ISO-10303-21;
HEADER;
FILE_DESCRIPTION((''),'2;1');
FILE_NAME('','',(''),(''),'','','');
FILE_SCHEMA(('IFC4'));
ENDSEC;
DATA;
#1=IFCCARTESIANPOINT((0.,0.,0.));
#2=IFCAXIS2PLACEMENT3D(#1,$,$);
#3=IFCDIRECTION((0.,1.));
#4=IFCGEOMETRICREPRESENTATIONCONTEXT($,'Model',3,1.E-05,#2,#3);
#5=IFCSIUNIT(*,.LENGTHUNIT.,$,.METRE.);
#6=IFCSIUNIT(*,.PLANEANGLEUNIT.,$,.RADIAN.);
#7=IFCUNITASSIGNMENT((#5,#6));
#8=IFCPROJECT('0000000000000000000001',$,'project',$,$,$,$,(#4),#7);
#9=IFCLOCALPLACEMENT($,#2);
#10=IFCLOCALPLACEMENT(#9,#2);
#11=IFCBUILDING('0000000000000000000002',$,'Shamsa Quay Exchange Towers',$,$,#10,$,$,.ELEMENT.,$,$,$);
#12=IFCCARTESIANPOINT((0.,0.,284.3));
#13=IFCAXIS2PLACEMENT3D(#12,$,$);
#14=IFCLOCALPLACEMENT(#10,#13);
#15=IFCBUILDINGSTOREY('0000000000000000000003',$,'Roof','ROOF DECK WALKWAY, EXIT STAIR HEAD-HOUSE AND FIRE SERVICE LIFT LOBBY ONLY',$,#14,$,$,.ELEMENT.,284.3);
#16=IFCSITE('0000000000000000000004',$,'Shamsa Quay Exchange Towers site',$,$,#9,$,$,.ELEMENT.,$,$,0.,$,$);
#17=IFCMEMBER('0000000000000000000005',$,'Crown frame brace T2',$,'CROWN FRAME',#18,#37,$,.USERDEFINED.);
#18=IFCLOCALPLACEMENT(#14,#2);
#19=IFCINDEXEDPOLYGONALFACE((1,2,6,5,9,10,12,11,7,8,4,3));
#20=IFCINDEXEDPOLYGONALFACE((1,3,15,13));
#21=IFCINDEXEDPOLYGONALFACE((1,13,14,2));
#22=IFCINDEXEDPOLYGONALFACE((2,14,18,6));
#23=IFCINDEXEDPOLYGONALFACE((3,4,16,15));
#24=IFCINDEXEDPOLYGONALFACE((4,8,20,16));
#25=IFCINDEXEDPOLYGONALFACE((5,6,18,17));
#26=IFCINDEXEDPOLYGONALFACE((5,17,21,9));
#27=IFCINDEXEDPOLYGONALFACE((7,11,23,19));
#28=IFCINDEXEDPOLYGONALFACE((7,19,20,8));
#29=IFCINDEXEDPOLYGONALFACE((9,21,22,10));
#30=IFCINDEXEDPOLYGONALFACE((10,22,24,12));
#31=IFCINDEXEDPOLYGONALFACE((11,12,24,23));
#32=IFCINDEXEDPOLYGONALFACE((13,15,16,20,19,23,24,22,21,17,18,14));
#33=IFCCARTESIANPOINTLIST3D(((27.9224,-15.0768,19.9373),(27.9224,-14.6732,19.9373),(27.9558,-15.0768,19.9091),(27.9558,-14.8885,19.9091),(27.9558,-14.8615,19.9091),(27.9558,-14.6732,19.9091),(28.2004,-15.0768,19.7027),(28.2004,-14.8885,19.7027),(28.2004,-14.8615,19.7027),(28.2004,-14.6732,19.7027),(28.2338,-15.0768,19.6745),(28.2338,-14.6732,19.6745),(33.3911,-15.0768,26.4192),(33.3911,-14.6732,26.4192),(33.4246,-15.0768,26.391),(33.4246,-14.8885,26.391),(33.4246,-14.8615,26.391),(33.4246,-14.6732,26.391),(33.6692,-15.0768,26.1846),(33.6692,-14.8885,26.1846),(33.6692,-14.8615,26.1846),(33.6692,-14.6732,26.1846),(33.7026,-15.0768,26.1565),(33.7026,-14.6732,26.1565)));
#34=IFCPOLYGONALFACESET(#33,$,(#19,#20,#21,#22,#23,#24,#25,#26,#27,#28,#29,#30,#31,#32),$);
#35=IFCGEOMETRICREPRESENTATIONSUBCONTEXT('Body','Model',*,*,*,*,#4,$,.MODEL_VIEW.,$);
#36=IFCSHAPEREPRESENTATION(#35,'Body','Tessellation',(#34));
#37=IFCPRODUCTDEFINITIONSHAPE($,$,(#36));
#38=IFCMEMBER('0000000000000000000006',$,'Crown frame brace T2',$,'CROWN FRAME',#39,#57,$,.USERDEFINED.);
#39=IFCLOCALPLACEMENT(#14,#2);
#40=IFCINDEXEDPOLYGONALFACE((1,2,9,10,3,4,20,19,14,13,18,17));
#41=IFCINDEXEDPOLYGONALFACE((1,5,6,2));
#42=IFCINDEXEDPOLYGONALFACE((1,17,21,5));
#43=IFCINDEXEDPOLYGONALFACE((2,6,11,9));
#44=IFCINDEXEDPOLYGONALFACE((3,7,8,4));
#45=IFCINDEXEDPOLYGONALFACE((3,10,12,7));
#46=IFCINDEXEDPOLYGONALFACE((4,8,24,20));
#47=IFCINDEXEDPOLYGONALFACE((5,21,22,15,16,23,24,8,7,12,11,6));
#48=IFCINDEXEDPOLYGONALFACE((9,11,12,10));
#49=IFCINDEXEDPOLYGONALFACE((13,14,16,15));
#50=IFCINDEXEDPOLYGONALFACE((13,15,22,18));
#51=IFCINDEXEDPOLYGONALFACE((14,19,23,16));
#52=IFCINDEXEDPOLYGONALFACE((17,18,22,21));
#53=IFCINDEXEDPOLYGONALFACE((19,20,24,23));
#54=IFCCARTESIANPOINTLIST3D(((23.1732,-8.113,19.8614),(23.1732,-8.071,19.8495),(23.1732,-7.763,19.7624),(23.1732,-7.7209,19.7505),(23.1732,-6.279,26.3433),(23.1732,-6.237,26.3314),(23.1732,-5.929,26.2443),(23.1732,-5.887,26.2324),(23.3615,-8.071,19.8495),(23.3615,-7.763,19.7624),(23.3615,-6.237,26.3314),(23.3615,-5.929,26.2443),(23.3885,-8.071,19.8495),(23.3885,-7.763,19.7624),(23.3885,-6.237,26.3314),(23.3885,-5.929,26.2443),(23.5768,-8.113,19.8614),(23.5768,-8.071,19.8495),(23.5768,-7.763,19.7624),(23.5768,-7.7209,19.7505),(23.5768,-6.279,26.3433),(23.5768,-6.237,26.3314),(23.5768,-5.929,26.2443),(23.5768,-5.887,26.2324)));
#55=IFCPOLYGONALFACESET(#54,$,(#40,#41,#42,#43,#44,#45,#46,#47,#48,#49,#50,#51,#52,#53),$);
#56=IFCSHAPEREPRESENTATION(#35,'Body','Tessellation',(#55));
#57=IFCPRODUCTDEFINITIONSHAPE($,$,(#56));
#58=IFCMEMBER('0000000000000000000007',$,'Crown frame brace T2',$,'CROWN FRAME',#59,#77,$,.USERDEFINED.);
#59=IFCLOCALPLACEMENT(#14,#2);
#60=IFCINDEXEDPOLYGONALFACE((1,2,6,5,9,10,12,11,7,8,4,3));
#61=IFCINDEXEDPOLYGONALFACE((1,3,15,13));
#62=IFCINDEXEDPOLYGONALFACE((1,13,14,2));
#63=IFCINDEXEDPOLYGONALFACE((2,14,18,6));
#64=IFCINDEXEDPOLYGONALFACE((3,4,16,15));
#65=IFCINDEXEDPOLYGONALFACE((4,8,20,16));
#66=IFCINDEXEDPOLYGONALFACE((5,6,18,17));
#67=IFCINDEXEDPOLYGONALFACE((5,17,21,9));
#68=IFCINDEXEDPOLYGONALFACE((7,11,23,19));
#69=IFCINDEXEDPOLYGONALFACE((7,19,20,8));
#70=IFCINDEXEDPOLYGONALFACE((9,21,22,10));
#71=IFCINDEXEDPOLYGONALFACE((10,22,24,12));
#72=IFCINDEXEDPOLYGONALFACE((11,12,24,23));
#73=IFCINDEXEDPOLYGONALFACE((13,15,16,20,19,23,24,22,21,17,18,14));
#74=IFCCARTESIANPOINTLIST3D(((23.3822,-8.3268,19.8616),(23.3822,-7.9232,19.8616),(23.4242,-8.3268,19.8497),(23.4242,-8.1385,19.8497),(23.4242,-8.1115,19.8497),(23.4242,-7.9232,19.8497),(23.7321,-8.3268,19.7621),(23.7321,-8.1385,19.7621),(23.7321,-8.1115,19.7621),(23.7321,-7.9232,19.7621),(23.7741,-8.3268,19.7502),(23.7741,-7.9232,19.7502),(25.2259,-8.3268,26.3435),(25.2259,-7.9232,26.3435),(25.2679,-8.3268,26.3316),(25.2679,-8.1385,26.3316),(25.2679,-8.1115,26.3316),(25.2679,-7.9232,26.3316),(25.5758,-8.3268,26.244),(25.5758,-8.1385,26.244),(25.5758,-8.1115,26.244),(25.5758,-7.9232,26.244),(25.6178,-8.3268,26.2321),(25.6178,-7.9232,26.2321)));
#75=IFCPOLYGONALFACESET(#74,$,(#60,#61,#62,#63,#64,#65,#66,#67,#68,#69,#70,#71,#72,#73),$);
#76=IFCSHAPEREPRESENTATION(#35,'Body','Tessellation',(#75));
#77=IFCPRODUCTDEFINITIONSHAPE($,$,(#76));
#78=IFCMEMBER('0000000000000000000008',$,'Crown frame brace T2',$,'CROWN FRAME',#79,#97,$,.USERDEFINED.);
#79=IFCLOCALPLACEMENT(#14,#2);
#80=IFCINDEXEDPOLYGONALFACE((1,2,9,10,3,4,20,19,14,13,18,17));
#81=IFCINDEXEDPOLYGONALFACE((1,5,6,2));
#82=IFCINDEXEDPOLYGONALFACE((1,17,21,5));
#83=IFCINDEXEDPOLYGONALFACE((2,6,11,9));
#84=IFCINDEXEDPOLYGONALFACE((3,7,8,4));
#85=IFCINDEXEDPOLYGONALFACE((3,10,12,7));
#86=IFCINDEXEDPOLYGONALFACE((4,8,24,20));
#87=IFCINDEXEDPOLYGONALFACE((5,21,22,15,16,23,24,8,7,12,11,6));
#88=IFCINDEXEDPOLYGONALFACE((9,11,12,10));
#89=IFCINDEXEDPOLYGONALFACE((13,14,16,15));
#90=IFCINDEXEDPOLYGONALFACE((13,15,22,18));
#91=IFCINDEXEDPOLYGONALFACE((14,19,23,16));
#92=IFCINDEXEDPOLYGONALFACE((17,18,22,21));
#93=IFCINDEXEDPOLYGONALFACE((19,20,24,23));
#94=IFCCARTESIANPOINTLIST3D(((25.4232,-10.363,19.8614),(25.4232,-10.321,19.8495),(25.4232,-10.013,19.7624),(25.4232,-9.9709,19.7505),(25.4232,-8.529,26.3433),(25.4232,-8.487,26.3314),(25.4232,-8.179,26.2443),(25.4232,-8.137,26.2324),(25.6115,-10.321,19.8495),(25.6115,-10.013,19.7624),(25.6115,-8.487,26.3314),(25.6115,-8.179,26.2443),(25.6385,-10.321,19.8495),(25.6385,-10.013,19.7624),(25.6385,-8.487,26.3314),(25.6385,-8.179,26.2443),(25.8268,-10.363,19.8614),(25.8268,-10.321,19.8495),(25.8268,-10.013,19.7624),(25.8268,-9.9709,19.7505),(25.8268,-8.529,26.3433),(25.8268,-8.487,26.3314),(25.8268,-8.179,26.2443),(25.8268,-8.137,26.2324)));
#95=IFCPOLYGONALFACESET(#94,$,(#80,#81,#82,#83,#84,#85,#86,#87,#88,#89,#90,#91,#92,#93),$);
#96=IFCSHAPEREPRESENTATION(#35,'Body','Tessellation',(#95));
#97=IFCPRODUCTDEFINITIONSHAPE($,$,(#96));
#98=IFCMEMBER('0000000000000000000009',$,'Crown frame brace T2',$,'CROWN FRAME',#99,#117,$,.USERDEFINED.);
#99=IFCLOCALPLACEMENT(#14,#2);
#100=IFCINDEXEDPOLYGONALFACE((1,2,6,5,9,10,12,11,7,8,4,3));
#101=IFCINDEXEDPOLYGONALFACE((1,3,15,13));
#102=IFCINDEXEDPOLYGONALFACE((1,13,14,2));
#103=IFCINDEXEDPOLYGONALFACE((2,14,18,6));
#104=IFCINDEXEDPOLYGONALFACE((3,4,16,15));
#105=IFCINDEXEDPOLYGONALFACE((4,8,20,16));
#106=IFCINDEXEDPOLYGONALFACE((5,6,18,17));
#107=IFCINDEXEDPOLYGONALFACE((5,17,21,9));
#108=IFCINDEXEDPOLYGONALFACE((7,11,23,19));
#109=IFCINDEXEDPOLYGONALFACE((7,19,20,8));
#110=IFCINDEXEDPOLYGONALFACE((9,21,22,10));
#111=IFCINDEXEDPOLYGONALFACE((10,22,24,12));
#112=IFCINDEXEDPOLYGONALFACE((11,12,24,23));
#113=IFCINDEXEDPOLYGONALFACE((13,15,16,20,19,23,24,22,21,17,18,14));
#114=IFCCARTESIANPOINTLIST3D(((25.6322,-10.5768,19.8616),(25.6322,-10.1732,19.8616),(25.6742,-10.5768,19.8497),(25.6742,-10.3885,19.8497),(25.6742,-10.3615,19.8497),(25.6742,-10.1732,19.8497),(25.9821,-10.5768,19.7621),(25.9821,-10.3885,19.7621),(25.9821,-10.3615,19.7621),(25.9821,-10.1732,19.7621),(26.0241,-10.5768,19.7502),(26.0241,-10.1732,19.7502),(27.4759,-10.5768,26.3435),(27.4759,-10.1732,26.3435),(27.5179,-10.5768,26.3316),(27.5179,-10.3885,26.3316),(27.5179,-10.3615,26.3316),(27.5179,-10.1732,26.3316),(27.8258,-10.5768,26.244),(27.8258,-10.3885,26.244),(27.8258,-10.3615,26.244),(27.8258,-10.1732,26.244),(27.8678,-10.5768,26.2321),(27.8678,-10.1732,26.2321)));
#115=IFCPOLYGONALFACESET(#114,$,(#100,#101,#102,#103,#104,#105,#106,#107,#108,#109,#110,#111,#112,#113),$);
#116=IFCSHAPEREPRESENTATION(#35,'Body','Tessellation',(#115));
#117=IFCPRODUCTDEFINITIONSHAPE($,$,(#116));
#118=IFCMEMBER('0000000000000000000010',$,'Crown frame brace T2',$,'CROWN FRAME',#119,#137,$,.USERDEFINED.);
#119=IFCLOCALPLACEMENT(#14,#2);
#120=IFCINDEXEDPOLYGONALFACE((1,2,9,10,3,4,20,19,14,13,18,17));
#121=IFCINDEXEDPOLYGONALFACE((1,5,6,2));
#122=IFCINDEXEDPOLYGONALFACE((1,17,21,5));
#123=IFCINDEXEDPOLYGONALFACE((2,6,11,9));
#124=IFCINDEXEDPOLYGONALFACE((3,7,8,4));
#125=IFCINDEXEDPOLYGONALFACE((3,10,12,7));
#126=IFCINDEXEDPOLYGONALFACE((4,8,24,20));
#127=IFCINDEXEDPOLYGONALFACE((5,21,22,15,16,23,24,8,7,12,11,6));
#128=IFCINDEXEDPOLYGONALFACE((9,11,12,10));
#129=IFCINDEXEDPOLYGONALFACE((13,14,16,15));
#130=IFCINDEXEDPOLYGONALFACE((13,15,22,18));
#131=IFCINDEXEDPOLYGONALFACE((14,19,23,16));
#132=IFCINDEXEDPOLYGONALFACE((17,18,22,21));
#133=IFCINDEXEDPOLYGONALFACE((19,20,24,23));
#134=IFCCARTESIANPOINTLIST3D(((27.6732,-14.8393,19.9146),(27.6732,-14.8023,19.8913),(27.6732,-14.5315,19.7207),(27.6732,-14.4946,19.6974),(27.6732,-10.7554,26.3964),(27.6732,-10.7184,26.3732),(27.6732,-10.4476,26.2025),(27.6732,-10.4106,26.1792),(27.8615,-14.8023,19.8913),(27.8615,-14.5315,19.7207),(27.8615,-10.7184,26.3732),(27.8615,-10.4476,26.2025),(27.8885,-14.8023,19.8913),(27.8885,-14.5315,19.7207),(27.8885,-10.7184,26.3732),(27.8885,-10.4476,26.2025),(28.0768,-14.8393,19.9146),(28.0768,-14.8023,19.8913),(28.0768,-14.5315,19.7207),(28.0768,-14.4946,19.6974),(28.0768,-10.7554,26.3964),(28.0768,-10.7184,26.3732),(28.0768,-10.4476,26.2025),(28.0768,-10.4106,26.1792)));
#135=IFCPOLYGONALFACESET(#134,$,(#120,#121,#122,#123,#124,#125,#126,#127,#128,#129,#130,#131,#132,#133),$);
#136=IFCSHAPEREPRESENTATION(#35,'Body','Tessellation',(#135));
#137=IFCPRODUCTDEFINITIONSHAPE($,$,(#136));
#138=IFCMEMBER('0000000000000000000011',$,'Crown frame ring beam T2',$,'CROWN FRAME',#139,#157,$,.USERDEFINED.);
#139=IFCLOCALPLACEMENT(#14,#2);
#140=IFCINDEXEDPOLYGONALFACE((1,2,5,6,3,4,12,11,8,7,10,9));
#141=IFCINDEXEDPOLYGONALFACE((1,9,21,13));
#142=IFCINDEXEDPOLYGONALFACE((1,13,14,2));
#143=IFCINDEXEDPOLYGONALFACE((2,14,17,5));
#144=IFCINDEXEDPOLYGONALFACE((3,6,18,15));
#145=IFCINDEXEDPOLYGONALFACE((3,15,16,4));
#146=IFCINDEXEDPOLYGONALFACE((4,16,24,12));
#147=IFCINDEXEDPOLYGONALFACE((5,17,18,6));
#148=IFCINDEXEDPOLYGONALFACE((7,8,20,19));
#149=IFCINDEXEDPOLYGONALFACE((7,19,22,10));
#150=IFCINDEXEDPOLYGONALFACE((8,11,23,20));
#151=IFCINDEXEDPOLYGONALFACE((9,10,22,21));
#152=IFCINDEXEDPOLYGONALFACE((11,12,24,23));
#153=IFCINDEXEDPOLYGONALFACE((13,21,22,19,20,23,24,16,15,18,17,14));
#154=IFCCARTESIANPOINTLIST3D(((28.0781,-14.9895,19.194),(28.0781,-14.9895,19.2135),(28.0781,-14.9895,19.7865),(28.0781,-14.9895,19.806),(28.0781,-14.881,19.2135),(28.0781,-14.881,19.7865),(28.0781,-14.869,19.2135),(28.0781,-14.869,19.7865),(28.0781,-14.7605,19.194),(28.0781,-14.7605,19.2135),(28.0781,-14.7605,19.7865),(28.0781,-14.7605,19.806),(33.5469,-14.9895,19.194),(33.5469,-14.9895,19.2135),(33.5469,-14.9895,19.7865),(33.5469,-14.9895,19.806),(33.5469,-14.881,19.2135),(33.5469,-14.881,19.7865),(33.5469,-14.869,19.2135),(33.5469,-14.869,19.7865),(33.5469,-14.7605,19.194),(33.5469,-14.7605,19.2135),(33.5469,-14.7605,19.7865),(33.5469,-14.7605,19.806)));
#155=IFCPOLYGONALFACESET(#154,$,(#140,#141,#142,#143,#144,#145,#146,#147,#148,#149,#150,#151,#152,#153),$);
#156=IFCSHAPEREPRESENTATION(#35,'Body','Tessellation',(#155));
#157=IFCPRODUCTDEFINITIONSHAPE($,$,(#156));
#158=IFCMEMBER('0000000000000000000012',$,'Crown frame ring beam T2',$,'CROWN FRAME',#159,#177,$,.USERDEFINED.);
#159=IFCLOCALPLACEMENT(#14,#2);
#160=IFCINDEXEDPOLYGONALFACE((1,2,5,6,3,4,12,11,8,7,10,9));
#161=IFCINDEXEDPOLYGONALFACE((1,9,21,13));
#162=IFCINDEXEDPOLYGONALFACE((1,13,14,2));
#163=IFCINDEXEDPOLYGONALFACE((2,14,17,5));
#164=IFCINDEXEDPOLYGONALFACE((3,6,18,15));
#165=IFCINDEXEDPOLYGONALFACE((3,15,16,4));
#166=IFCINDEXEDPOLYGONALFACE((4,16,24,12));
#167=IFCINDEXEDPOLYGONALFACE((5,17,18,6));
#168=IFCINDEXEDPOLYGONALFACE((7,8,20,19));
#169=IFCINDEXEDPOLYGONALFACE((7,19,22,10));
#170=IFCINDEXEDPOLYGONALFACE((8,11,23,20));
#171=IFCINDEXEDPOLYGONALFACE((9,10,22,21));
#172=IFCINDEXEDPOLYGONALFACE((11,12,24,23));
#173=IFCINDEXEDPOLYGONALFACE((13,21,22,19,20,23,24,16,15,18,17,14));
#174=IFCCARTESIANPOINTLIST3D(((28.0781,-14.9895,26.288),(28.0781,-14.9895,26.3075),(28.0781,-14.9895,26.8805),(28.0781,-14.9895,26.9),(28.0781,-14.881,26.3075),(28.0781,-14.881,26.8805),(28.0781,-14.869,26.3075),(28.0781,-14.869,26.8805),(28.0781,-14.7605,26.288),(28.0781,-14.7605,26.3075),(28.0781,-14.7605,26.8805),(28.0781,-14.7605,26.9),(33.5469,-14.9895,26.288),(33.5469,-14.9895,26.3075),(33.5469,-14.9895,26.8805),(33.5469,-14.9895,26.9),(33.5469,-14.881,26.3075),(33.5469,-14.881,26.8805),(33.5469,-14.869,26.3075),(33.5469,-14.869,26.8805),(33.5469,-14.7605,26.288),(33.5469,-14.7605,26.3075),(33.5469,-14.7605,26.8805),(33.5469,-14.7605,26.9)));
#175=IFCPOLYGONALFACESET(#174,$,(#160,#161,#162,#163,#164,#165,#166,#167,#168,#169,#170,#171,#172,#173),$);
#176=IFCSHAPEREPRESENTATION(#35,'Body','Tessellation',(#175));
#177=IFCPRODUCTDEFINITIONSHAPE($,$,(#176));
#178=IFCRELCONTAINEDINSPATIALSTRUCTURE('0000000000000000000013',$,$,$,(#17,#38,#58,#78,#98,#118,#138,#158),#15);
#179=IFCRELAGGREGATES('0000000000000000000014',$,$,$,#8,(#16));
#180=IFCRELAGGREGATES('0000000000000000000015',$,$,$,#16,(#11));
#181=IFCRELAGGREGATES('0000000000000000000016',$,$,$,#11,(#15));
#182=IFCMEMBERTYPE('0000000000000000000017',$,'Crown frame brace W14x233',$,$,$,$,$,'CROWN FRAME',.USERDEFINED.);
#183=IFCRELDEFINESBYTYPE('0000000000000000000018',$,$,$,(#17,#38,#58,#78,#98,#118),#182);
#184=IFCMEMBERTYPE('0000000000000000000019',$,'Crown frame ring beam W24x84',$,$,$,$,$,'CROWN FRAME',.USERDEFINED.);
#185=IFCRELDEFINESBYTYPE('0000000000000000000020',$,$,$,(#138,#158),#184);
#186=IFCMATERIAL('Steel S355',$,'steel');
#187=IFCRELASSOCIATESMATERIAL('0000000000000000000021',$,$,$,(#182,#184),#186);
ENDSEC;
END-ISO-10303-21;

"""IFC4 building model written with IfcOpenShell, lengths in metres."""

from ifc_helpers import new_model, si_unit, direction, frame, origin, origin_2d, place, context, subcontext, project, spatial, i_section, extrude, material, material_profile, profile_set, type_object, element, save


model = new_model("IFC4")

# Units and contexts
model_context = context("Model", 3, precision=1e-05, world=origin(), true_north=direction((0.0, 1.0)))
body_context = subcontext(model_context, "Body", "Model", "MODEL_VIEW")
ifc_project = project(units=[si_unit("LENGTHUNIT", "METRE"), si_unit("PLANEANGLEUNIT", "RADIAN")], contexts=[model_context])

# Site, building, storey
site_placement = place(None, origin())
site = spatial("IfcSite", under=ifc_project, at=site_placement, Name="Shamsa Quay Exchange Towers site", CompositionType="ELEMENT", RefElevation=0.0)
building_placement = place(site_placement, origin())
building = spatial("IfcBuilding", under=site, at=building_placement, Name="Shamsa Quay Exchange Towers", CompositionType="ELEMENT")
storey_placement = place(building_placement, frame((0.0, 0.0, 284.3)))
storey = spatial("IfcBuildingStorey", under=building, at=storey_placement, Name="Roof", Description="ROOF DECK WALKWAY, EXIT STAIR HEAD-HOUSE AND FIRE SERVICE LIFT LOBBY ONLY", CompositionType="ELEMENT", Elevation=284.3)

# Members
ifc_material_1 = material(Name="Steel S355", Category="steel")
ifc_material_profile_1 = material_profile(ifc_material_1, i_section(OverallWidth=0.4036, OverallDepth=0.4075, WebThickness=0.0271, FlangeThickness=0.0437, at=origin_2d()), Name="W14x233")
ifc_profile_set_1 = profile_set([ifc_material_profile_1], Name="Steel S355")
member_type_1 = type_object("IfcMemberType", Name="Crown frame brace W14x233", ElementType="CROWN FRAME", PredefinedType="USERDEFINED", material=ifc_profile_set_1)
member_1_placement = place(storey_placement, frame((28.0781, -14.875, 19.8059), z_axis=(0.644845, 0.0, 0.764314), x_axis=(0.0, 1.0, 0.0)))
element("IfcMember", 1, at=member_1_placement, inside=storey, type_object=member_type_1, Name="Crown frame brace T2", ObjectType="CROWN FRAME", PredefinedType="USERDEFINED", context=body_context, shape_type="SweptSolid", body=[
    extrude(i_section(OverallWidth=0.4036, OverallDepth=0.4075, WebThickness=0.0271, FlangeThickness=0.0437, at=origin_2d()), origin(), (0.0, 0.0, 1.0), 8.4807),
])
member_2_placement = place(storey_placement, frame((23.375, -6.083, 26.2878), z_axis=(0.0, -0.27225, -0.962226), x_axis=(1.0, 0.0, 0.0)))
element("IfcMember", 2, at=member_2_placement, inside=storey, type_object=member_type_1, Name="Crown frame brace T2", ObjectType="CROWN FRAME", PredefinedType="USERDEFINED", context=body_context, shape_type="SweptSolid", body=[
    extrude(i_section(OverallWidth=0.4036, OverallDepth=0.4075, WebThickness=0.0271, FlangeThickness=0.0437, at=origin_2d()), origin(), (0.0, 0.0, 1.0), 6.7363),
])
member_3_placement = place(storey_placement, frame((23.5781, -8.125, 19.8059), z_axis=(0.273592, 0.0, 0.961846), x_axis=(0.0, 1.0, 0.0)))
element("IfcMember", 3, at=member_3_placement, inside=storey, type_object=member_type_1, Name="Crown frame brace T2", ObjectType="CROWN FRAME", PredefinedType="USERDEFINED", context=body_context, shape_type="SweptSolid", body=[
    extrude(i_section(OverallWidth=0.4036, OverallDepth=0.4075, WebThickness=0.0271, FlangeThickness=0.0437, at=origin_2d()), origin(), (0.0, 0.0, 1.0), 6.739),
])
member_4_placement = place(storey_placement, frame((25.625, -8.333, 26.2878), z_axis=(0.0, -0.27225, -0.962226), x_axis=(1.0, 0.0, 0.0)))
element("IfcMember", 4, at=member_4_placement, inside=storey, type_object=member_type_1, Name="Crown frame brace T2", ObjectType="CROWN FRAME", PredefinedType="USERDEFINED", context=body_context, shape_type="SweptSolid", body=[
    extrude(i_section(OverallWidth=0.4036, OverallDepth=0.4075, WebThickness=0.0271, FlangeThickness=0.0437, at=origin_2d()), origin(), (0.0, 0.0, 1.0), 6.7363),
])
member_5_placement = place(storey_placement, frame((25.8281, -10.375, 19.8059), z_axis=(0.273592, 0.0, 0.961846), x_axis=(0.0, 1.0, 0.0)))
element("IfcMember", 5, at=member_5_placement, inside=storey, type_object=member_type_1, Name="Crown frame brace T2", ObjectType="CROWN FRAME", PredefinedType="USERDEFINED", context=body_context, shape_type="SweptSolid", body=[
    extrude(i_section(OverallWidth=0.4036, OverallDepth=0.4075, WebThickness=0.0271, FlangeThickness=0.0437, at=origin_2d()), origin(), (0.0, 0.0, 1.0), 6.739),
])
member_6_placement = place(storey_placement, frame((27.875, -10.583, 26.2878), z_axis=(0.0, -0.533072, -0.84607), x_axis=(1.0, 0.0, 0.0)))
element("IfcMember", 6, at=member_6_placement, inside=storey, type_object=member_type_1, Name="Crown frame brace T2", ObjectType="CROWN FRAME", PredefinedType="USERDEFINED", context=body_context, shape_type="SweptSolid", body=[
    extrude(i_section(OverallWidth=0.4036, OverallDepth=0.4075, WebThickness=0.0271, FlangeThickness=0.0437, at=origin_2d()), origin(), (0.0, 0.0, 1.0), 7.6611),
])
ifc_material_profile_2 = material_profile(ifc_material_1, i_section(OverallWidth=0.229, OverallDepth=0.6121, WebThickness=0.012, FlangeThickness=0.0195, at=origin_2d()), Name="W24x84")
ifc_profile_set_2 = profile_set([ifc_material_profile_2], Name="Steel S355")
member_type_2 = type_object("IfcMemberType", Name="Crown frame ring beam W24x84", ElementType="CROWN FRAME", PredefinedType="USERDEFINED", material=ifc_profile_set_2)
for number, where, z_axis, x_axis, name in (
    (7, (28.0781, -14.875, 19.5), (1.0, 0.0, 0.0), (0.0, 1.0, 0.0), "Crown frame ring beam T2"),
    (8, (28.0781, -14.875, 26.594), (1.0, 0.0, 0.0), (0.0, 1.0, 0.0), "Crown frame ring beam T2"),
):
    element("IfcMember", number, at=place(storey_placement, frame(where, z_axis=z_axis, x_axis=x_axis)), inside=storey, type_object=member_type_2, Name=name, ObjectType="CROWN FRAME", PredefinedType="USERDEFINED", context=body_context, shape_type="SweptSolid", body=[
        extrude(i_section(OverallWidth=0.229, OverallDepth=0.6121, WebThickness=0.012, FlangeThickness=0.0195, at=origin_2d()), origin(), (0.0, 0.0, 1.0), 5.4688),
    ])

save(model, "model.ifc")
